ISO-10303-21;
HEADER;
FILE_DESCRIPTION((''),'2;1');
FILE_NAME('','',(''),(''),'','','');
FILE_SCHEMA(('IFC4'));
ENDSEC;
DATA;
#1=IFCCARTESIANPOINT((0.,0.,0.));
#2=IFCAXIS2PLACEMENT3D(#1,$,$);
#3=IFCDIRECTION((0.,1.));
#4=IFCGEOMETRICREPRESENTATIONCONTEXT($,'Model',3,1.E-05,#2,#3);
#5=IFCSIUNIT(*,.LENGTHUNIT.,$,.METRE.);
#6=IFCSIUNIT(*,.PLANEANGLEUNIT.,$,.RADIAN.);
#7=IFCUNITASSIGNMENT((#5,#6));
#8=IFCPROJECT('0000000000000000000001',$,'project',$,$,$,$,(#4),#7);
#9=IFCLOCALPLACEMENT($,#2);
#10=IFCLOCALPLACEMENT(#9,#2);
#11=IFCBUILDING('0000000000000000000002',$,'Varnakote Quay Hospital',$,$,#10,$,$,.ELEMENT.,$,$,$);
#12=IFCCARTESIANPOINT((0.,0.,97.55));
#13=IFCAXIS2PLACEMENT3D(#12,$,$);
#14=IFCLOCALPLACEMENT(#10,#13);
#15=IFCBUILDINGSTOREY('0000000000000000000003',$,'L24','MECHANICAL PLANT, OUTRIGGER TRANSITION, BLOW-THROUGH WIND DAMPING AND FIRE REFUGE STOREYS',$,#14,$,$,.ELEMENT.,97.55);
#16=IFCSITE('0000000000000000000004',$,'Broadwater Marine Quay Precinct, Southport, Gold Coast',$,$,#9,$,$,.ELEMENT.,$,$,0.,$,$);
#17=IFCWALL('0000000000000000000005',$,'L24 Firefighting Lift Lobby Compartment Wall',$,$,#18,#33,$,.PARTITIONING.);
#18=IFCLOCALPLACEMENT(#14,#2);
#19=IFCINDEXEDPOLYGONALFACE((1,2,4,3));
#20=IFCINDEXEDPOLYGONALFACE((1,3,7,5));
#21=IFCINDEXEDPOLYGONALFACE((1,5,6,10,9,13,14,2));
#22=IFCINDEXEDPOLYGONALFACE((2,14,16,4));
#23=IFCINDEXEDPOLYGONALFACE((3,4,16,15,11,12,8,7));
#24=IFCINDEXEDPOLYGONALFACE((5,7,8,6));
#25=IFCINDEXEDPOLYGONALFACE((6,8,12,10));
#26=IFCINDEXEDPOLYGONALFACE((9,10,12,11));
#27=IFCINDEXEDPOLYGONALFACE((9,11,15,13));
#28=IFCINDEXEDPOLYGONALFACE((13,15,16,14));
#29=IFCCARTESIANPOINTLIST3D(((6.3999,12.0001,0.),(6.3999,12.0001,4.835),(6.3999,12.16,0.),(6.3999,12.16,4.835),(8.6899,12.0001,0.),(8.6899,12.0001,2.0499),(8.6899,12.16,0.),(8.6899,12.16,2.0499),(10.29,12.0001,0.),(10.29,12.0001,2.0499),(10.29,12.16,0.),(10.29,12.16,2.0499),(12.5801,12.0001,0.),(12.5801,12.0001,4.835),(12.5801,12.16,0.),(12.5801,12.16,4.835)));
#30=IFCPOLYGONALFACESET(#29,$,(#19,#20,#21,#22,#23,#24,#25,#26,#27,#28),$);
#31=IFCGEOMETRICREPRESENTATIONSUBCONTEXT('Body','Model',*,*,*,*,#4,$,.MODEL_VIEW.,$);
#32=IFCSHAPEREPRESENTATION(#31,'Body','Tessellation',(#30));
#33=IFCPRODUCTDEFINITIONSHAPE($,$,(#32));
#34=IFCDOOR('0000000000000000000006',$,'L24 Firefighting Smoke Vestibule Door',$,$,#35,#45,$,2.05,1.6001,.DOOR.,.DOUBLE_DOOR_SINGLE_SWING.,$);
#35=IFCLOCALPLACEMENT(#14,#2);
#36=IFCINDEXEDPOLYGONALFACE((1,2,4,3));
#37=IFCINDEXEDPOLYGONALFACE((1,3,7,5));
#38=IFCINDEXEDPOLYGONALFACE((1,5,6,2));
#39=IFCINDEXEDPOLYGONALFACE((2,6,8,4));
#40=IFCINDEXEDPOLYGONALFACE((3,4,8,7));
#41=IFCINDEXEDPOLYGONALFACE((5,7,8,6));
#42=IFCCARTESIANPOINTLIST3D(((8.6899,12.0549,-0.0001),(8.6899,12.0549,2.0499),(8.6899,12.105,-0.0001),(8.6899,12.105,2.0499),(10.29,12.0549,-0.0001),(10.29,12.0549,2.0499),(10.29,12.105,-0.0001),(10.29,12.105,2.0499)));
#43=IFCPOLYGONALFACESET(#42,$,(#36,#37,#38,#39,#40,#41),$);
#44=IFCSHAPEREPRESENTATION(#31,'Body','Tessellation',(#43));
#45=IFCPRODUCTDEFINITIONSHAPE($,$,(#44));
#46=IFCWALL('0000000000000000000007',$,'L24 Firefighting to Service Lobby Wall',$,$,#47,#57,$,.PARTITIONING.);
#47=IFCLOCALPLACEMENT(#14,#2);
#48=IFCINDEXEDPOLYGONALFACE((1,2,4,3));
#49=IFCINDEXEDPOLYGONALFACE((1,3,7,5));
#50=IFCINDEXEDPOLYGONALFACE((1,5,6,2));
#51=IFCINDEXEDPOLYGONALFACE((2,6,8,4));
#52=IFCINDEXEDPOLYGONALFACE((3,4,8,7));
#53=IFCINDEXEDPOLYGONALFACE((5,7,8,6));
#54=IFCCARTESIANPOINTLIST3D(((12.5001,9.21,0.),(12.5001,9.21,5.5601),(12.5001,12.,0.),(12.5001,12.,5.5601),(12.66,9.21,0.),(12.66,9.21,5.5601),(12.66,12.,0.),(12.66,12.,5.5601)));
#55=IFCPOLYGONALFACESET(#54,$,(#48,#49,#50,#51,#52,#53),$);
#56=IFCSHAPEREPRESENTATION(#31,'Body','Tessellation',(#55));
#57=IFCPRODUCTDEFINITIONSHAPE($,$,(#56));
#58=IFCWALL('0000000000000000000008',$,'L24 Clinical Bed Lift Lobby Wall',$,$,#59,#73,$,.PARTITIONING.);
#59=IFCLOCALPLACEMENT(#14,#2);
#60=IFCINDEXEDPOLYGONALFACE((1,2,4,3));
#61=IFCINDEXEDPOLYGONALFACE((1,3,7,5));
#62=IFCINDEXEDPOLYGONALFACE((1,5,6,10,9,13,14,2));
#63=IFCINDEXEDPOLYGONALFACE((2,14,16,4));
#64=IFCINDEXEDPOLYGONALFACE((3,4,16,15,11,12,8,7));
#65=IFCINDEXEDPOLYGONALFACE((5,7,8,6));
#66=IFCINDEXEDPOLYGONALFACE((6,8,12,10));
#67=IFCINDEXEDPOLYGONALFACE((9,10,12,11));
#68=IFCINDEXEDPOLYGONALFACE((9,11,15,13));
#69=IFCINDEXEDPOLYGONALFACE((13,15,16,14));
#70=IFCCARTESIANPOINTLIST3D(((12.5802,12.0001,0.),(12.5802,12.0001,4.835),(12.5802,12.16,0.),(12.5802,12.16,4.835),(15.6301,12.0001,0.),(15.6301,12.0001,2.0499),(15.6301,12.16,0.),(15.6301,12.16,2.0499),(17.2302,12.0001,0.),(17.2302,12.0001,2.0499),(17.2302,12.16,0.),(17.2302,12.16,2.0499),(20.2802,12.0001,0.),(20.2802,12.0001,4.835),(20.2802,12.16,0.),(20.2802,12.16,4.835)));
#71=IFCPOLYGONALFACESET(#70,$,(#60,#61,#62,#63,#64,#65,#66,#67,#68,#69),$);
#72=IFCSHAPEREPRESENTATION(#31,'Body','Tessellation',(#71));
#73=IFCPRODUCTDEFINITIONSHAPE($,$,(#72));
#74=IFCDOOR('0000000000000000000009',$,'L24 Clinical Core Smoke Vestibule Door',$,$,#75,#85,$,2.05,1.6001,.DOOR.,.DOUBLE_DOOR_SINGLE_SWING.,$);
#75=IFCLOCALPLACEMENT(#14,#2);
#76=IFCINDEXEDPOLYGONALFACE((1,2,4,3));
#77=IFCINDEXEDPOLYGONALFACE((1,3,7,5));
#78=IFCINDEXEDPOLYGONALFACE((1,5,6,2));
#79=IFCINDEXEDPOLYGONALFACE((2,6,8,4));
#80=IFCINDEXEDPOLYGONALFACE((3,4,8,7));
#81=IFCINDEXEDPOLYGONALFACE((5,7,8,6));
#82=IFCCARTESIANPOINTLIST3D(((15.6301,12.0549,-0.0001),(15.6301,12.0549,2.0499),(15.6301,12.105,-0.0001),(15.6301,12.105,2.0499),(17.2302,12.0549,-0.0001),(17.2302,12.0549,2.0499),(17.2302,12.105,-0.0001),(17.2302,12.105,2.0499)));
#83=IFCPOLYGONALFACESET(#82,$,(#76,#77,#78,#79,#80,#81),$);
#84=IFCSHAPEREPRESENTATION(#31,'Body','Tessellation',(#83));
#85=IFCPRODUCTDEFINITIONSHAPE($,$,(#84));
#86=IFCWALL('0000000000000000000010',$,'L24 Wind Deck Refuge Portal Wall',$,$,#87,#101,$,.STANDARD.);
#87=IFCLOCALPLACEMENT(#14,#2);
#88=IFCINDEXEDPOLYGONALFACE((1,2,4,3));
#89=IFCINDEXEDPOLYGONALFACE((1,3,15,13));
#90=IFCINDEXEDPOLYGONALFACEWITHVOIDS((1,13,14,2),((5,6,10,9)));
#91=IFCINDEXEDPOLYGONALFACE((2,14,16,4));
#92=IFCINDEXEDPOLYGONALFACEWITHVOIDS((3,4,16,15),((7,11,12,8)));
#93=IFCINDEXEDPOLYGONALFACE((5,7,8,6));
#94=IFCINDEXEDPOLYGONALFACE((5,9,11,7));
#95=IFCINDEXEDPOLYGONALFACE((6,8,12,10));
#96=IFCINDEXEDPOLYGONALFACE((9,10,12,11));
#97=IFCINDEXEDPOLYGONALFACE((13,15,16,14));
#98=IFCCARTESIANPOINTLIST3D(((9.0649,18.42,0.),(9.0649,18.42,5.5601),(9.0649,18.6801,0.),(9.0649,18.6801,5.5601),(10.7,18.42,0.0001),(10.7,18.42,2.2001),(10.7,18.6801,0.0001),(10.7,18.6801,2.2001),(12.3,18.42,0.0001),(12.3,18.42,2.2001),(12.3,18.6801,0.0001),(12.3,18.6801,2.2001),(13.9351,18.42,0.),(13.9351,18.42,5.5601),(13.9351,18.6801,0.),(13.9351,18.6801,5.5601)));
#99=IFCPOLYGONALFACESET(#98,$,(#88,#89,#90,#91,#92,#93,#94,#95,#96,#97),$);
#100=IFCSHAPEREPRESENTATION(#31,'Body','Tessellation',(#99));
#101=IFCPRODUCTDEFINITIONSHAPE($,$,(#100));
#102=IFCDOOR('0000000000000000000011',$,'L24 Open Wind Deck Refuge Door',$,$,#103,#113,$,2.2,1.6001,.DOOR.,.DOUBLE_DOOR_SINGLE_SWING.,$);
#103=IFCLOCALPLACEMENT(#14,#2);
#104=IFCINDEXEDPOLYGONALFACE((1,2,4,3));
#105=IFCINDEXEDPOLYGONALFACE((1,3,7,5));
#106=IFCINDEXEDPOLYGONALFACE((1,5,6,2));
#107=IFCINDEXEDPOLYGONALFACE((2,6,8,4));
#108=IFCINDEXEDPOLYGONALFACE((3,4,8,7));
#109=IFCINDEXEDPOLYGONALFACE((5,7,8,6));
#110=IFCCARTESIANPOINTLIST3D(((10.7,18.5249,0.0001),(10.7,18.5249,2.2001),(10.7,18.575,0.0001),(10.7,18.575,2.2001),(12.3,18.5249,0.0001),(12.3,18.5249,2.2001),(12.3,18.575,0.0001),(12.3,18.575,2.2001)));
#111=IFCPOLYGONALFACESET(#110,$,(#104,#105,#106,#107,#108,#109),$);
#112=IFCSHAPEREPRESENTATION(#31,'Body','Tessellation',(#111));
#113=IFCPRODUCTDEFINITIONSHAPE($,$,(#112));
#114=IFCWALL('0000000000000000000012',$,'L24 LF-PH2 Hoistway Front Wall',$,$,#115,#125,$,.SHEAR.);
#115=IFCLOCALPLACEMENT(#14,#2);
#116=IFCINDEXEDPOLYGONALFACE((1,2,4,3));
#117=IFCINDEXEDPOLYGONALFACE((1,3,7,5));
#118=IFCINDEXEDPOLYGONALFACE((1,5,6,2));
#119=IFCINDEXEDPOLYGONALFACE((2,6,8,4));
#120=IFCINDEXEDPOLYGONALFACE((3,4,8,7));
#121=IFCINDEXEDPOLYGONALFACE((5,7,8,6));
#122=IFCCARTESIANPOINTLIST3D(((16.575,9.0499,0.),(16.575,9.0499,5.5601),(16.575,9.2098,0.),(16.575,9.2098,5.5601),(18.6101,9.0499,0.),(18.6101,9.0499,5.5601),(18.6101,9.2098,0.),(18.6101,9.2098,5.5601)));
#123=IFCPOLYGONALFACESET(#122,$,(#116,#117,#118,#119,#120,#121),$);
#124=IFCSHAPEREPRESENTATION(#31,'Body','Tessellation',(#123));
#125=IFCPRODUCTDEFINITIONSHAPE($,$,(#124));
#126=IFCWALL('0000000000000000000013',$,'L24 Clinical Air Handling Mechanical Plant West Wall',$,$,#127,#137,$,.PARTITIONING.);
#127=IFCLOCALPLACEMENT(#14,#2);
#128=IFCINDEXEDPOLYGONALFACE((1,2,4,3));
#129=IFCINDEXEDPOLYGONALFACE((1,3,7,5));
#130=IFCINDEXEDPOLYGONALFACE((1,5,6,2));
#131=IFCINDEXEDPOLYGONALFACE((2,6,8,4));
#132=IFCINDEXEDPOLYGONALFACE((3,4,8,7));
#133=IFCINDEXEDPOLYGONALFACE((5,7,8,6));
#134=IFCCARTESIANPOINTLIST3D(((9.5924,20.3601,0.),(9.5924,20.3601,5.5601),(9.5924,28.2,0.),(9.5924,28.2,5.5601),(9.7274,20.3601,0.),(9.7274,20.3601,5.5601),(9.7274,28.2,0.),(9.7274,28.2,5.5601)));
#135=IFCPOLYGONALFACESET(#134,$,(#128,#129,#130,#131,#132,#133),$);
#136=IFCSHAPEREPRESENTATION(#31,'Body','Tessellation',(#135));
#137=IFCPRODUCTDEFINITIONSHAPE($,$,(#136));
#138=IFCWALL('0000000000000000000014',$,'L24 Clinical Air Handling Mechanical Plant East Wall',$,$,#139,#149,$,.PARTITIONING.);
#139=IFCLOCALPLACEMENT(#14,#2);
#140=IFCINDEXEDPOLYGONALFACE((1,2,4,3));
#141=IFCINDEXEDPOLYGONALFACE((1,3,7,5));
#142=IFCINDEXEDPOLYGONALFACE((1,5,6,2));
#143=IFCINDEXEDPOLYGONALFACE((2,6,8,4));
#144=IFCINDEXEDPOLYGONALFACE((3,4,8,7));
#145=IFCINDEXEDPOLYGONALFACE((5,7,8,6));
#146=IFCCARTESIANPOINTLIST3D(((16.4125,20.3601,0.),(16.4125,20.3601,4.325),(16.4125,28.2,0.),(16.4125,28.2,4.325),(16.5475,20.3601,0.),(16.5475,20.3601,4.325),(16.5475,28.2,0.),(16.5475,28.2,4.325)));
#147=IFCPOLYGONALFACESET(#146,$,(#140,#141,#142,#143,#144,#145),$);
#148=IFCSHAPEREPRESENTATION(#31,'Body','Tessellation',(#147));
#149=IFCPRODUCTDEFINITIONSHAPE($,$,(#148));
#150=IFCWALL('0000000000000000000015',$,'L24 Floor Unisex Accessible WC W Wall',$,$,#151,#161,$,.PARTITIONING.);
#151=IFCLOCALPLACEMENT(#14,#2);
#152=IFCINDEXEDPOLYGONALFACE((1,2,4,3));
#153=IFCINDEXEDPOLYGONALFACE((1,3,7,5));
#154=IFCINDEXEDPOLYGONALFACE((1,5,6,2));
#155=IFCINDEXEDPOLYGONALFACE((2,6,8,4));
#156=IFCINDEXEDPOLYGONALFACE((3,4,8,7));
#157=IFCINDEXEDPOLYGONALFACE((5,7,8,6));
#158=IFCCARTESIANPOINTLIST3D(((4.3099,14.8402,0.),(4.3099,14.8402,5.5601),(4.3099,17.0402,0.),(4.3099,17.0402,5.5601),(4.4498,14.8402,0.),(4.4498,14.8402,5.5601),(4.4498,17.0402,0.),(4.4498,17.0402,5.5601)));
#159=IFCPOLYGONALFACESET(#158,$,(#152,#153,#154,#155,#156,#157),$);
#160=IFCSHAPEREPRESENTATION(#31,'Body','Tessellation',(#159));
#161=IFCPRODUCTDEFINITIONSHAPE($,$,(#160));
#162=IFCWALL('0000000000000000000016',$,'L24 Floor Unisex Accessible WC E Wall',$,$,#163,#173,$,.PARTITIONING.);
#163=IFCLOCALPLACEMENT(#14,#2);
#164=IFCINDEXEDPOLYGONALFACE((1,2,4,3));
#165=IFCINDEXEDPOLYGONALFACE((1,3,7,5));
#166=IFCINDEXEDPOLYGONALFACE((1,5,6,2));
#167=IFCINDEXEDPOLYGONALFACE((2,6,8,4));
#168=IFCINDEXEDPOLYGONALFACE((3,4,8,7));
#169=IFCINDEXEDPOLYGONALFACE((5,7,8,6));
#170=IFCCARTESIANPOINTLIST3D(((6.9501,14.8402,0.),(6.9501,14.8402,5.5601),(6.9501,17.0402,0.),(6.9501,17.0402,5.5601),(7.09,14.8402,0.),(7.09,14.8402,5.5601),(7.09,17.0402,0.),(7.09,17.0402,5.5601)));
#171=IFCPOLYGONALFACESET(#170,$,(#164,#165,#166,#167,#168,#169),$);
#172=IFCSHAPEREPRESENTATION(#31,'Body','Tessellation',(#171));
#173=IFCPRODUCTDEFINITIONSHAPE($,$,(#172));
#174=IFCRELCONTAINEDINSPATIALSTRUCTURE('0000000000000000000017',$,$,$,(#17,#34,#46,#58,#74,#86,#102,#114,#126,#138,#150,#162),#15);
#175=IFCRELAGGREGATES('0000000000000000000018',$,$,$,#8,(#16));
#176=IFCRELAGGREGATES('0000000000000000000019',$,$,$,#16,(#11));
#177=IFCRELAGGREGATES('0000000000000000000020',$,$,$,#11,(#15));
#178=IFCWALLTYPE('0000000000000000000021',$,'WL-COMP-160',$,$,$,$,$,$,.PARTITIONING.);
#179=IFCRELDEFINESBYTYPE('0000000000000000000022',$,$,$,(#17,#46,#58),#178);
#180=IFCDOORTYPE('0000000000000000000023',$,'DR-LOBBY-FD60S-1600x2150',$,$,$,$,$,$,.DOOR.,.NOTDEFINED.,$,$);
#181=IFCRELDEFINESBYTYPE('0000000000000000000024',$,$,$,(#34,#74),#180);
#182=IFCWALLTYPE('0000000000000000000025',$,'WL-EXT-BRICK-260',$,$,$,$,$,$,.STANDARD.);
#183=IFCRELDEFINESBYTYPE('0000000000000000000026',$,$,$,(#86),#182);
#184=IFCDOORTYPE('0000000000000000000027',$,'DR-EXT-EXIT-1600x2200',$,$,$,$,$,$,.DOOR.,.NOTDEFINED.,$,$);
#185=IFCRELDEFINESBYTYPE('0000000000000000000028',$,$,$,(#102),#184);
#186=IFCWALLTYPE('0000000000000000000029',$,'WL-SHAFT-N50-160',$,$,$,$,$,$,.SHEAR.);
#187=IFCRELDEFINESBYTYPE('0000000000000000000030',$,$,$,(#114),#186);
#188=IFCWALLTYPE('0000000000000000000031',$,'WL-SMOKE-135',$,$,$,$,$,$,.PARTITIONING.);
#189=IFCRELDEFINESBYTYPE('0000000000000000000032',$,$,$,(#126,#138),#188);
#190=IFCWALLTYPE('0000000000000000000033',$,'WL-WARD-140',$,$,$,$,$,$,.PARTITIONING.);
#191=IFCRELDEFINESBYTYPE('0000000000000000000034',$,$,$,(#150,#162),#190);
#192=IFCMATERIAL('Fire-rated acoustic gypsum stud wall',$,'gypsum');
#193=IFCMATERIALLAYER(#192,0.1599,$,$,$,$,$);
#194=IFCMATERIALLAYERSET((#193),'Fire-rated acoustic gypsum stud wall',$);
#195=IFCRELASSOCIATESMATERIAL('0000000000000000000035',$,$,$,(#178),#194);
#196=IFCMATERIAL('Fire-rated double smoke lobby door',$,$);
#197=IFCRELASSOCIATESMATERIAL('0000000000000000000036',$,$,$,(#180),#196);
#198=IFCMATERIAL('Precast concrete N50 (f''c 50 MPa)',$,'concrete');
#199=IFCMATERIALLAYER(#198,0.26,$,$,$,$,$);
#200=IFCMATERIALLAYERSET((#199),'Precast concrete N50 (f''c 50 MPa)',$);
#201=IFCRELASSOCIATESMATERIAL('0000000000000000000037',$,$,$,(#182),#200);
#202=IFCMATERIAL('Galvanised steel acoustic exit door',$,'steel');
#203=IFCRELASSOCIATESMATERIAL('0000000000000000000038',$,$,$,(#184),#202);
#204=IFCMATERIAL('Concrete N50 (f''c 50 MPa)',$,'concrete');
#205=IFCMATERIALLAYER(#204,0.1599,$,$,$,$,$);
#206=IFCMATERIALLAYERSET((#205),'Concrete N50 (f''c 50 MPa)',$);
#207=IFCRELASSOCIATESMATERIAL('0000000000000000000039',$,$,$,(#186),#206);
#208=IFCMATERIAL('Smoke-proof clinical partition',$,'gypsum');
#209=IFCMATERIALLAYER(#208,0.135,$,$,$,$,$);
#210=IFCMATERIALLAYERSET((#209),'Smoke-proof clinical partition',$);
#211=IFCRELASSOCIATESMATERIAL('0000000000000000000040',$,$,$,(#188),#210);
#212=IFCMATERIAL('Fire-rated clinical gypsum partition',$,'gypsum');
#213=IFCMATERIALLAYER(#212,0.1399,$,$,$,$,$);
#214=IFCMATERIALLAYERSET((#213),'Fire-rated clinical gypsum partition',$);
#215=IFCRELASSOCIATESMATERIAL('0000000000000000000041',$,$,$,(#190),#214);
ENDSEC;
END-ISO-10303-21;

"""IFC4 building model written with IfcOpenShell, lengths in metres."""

from ifc_helpers import new_model, si_unit, direction, frame, frame_2d, origin, place, context, subcontext, project, spatial, rectangle, extrude, material, layer, layer_set, type_object, element, fill, save


model = new_model("IFC4")

# Units and contexts
model_context = context("Model", 3, precision=1e-05, world=origin(), true_north=direction((0.0, 1.0)))
body_context = subcontext(model_context, "Body", "Model", "MODEL_VIEW")
ifc_project = project(units=[si_unit("LENGTHUNIT", "METRE"), si_unit("PLANEANGLEUNIT", "RADIAN")], contexts=[model_context])

# Site, building, storey
site_placement = place(None, origin())
site = spatial("IfcSite", under=ifc_project, at=site_placement, Name="Broadwater Marine Quay Precinct, Southport, Gold Coast", CompositionType="ELEMENT", RefElevation=0.0)
building_placement = place(site_placement, origin())
building = spatial("IfcBuilding", under=site, at=building_placement, Name="Varnakote Quay Hospital", CompositionType="ELEMENT")
storey_placement = place(building_placement, frame((0.0, 0.0, 97.55)))
storey = spatial("IfcBuildingStorey", under=building, at=storey_placement, Name="L24", Description="MECHANICAL PLANT, OUTRIGGER TRANSITION, BLOW-THROUGH WIND DAMPING AND FIRE REFUGE STOREYS", CompositionType="ELEMENT", Elevation=97.55)

# Shared definitions
ifc_material_1 = material(Name="Fire-rated acoustic gypsum stud wall", Category="gypsum")
ifc_layer_1 = layer(ifc_material_1, 0.1599)
ifc_layer_set_1 = layer_set([ifc_layer_1], Name="Fire-rated acoustic gypsum stud wall")
wall_type_1 = type_object("IfcWallType", Name="WL-COMP-160", PredefinedType="PARTITIONING", material=ifc_layer_set_1)

# Wall, opening, door
wall_1_placement = place(storey_placement, frame((6.3999, 12.0801, 0.0), z_axis=(0.0, 0.0, 1.0), x_axis=(1.0, 0.0, 0.0)))
wall_1 = element("IfcWall", 1, at=wall_1_placement, inside=storey, type_object=wall_type_1, Name="L24 Firefighting Lift Lobby Compartment Wall", PredefinedType="PARTITIONING", context=body_context, shape_type="SweptSolid", body=[
    extrude(rectangle(XDim=6.1802, YDim=0.1599, at=frame_2d((3.0901, 0.0))), origin(), (0.0, 0.0, 1.0), 4.835),
])
opening_1_placement = place(wall_1_placement, frame((2.29, 0.0, 0.0)))
opening_1 = element("IfcOpeningElement", 2, at=opening_1_placement, cuts=wall_1, PredefinedType="OPENING", context=body_context, shape_type="SweptSolid", body=[
    extrude(rectangle(XDim=1.6001, YDim=2.05, at=frame_2d((0.8, 1.0249))), frame((0.0, 0.0898, 0.0), z_axis=(0.0, -1.0, 0.0), x_axis=(1.0, 0.0, 0.0)), (0.0, 0.0, 1.0), 0.1799),
])
ifc_material_2 = material(Name="Fire-rated double smoke lobby door")
door_type_1 = type_object("IfcDoorType", Name="DR-LOBBY-FD60S-1600x2150", OperationType="NOTDEFINED", PredefinedType="DOOR", material=ifc_material_2)
door_1_placement = place(opening_1_placement, origin())
door_1 = element("IfcDoor", 3, at=door_1_placement, inside=storey, type_object=door_type_1, Name="L24 Firefighting Smoke Vestibule Door", OperationType="DOUBLE_DOOR_SINGLE_SWING", OverallHeight=2.05, OverallWidth=1.6001, PredefinedType="DOOR", context=body_context, shape_type="SweptSolid", body=[
    extrude(rectangle(XDim=1.6001, YDim=2.05, at=frame_2d((0.8, 1.0249))), frame((0.0, 0.0249, 0.0), z_axis=(0.0, -1.0, 0.0), x_axis=(1.0, 0.0, 0.0)), (0.0, 0.0, 1.0), 0.05),
])
fill(opening_1, door_1)

# Wall
wall_2_placement = place(storey_placement, frame((12.5801, 9.21, 0.0), z_axis=(0.0, 0.0, 1.0), x_axis=(0.0, 1.0, 0.0)))
element("IfcWall", 4, at=wall_2_placement, inside=storey, type_object=wall_type_1, Name="L24 Firefighting to Service Lobby Wall", PredefinedType="PARTITIONING", context=body_context, shape_type="SweptSolid", body=[
    extrude(rectangle(XDim=2.79, YDim=0.1599, at=frame_2d((1.395, 0.0))), origin(), (0.0, 0.0, 1.0), 5.5601),
])

# Walls, openings, doors
wall_3_placement = place(storey_placement, frame((12.5801, 12.0801, 0.0), z_axis=(0.0, 0.0, 1.0), x_axis=(1.0, 0.0, 0.0)))
wall_3 = element("IfcWall", 5, at=wall_3_placement, inside=storey, type_object=wall_type_1, Name="L24 Clinical Bed Lift Lobby Wall", PredefinedType="PARTITIONING", context=body_context, shape_type="SweptSolid", body=[
    extrude(rectangle(XDim=7.7, YDim=0.1599, at=frame_2d((3.8501, 0.0))), origin(), (0.0, 0.0, 1.0), 4.835),
])
opening_2_placement = place(wall_3_placement, frame((3.05, 0.0, 0.0)))
opening_2 = element("IfcOpeningElement", 6, at=opening_2_placement, cuts=wall_3, PredefinedType="OPENING", context=body_context, shape_type="SweptSolid", body=[
    extrude(rectangle(XDim=1.6001, YDim=2.05, at=frame_2d((0.8, 1.0249))), frame((0.0, 0.0898, 0.0), z_axis=(0.0, -1.0, 0.0), x_axis=(1.0, 0.0, 0.0)), (0.0, 0.0, 1.0), 0.1799),
])
door_2_placement = place(opening_2_placement, origin())
door_2 = element("IfcDoor", 7, at=door_2_placement, inside=storey, type_object=door_type_1, Name="L24 Clinical Core Smoke Vestibule Door", OperationType="DOUBLE_DOOR_SINGLE_SWING", OverallHeight=2.05, OverallWidth=1.6001, PredefinedType="DOOR", context=body_context, shape_type="SweptSolid", body=[
    extrude(rectangle(XDim=1.6001, YDim=2.05, at=frame_2d((0.8, 1.0249))), frame((0.0, 0.0249, 0.0), z_axis=(0.0, -1.0, 0.0), x_axis=(1.0, 0.0, 0.0)), (0.0, 0.0, 1.0), 0.05),
])
fill(opening_2, door_2)
ifc_material_3 = material(Name="Precast concrete N50 (f'c 50 MPa)", Category="concrete")
ifc_layer_2 = layer(ifc_material_3, 0.26)
ifc_layer_set_2 = layer_set([ifc_layer_2], Name="Precast concrete N50 (f'c 50 MPa)")
wall_type_2 = type_object("IfcWallType", Name="WL-EXT-BRICK-260", PredefinedType="STANDARD", material=ifc_layer_set_2)
wall_4_placement = place(storey_placement, frame((9.0649, 18.55, 0.0), z_axis=(0.0, 0.0, 1.0), x_axis=(1.0, 0.0, 0.0)))
wall_4 = element("IfcWall", 8, at=wall_4_placement, inside=storey, type_object=wall_type_2, Name="L24 Wind Deck Refuge Portal Wall", PredefinedType="STANDARD", context=body_context, shape_type="SweptSolid", body=[
    extrude(rectangle(XDim=4.8701, YDim=0.26, at=frame_2d((2.4351, 0.0))), origin(), (0.0, 0.0, 1.0), 5.5601),
])
opening_3_placement = place(wall_4_placement, frame((1.635, 0.0, 0.0)))
opening_3 = element("IfcOpeningElement", 9, at=opening_3_placement, cuts=wall_4, PredefinedType="OPENING", context=body_context, shape_type="SweptSolid", body=[
    extrude(rectangle(XDim=1.6001, YDim=2.2, at=frame_2d((0.8, 1.1001))), frame((0.0, 0.1399, 0.0), z_axis=(0.0, -1.0, 0.0), x_axis=(1.0, 0.0, 0.0)), (0.0, 0.0, 1.0), 0.28),
])
ifc_material_4 = material(Name="Galvanised steel acoustic exit door", Category="steel")
door_type_2 = type_object("IfcDoorType", Name="DR-EXT-EXIT-1600x2200", OperationType="NOTDEFINED", PredefinedType="DOOR", material=ifc_material_4)
door_3_placement = place(opening_3_placement, origin())
door_3 = element("IfcDoor", 10, at=door_3_placement, inside=storey, type_object=door_type_2, Name="L24 Open Wind Deck Refuge Door", OperationType="DOUBLE_DOOR_SINGLE_SWING", OverallHeight=2.2, OverallWidth=1.6001, PredefinedType="DOOR", context=body_context, shape_type="SweptSolid", body=[
    extrude(rectangle(XDim=1.6001, YDim=2.2, at=frame_2d((0.8, 1.1001))), frame((0.0, 0.0249, 0.0), z_axis=(0.0, -1.0, 0.0), x_axis=(1.0, 0.0, 0.0)), (0.0, 0.0, 1.0), 0.05),
])
fill(opening_3, door_3)

# Walls
ifc_material_5 = material(Name="Concrete N50 (f'c 50 MPa)", Category="concrete")
ifc_layer_3 = layer(ifc_material_5, 0.1599)
ifc_layer_set_3 = layer_set([ifc_layer_3], Name="Concrete N50 (f'c 50 MPa)")
wall_type_3 = type_object("IfcWallType", Name="WL-SHAFT-N50-160", PredefinedType="SHEAR", material=ifc_layer_set_3)
wall_5_placement = place(storey_placement, frame((16.575, 9.1299, 0.0), z_axis=(0.0, 0.0, 1.0), x_axis=(1.0, 0.0, 0.0)))
element("IfcWall", 11, at=wall_5_placement, inside=storey, type_object=wall_type_3, Name="L24 LF-PH2 Hoistway Front Wall", PredefinedType="SHEAR", context=body_context, shape_type="SweptSolid", body=[
    extrude(rectangle(XDim=2.0352, YDim=0.1599, at=frame_2d((1.0176, 0.0))), origin(), (0.0, 0.0, 1.0), 5.5601),
])
ifc_material_6 = material(Name="Smoke-proof clinical partition", Category="gypsum")
ifc_layer_4 = layer(ifc_material_6, 0.135)
ifc_layer_set_4 = layer_set([ifc_layer_4], Name="Smoke-proof clinical partition")
wall_type_4 = type_object("IfcWallType", Name="WL-SMOKE-135", PredefinedType="PARTITIONING", material=ifc_layer_set_4)
wall_6_placement = place(storey_placement, frame((9.6599, 20.3601, 0.0), z_axis=(0.0, 0.0, 1.0), x_axis=(0.0, 1.0, 0.0)))
element("IfcWall", 12, at=wall_6_placement, inside=storey, type_object=wall_type_4, Name="L24 Clinical Air Handling Mechanical Plant West Wall", PredefinedType="PARTITIONING", context=body_context, shape_type="SweptSolid", body=[
    extrude(rectangle(XDim=7.8398, YDim=0.135, at=frame_2d((3.9199, 0.0))), origin(), (0.0, 0.0, 1.0), 5.5601),
])
wall_7_placement = place(storey_placement, frame((16.48, 20.3601, 0.0), z_axis=(0.0, 0.0, 1.0), x_axis=(0.0, 1.0, 0.0)))
element("IfcWall", 13, at=wall_7_placement, inside=storey, type_object=wall_type_4, Name="L24 Clinical Air Handling Mechanical Plant East Wall", PredefinedType="PARTITIONING", context=body_context, shape_type="SweptSolid", body=[
    extrude(rectangle(XDim=7.8398, YDim=0.135, at=frame_2d((3.9199, 0.0))), origin(), (0.0, 0.0, 1.0), 4.325),
])
ifc_material_7 = material(Name="Fire-rated clinical gypsum partition", Category="gypsum")
ifc_layer_5 = layer(ifc_material_7, 0.1399)
ifc_layer_set_5 = layer_set([ifc_layer_5], Name="Fire-rated clinical gypsum partition")
wall_type_5 = type_object("IfcWallType", Name="WL-WARD-140", PredefinedType="PARTITIONING", material=ifc_layer_set_5)
for number, where, z_axis, x_axis, name in (
    (14, (4.3799, 14.8401, 0.0), (0.0, 0.0, 1.0), (0.0, 1.0, 0.0), "L24 Floor Unisex Accessible WC W Wall"),
    (15, (7.02, 14.8401, 0.0), (0.0, 0.0, 1.0), (0.0, 1.0, 0.0), "L24 Floor Unisex Accessible WC E Wall"),
):
    element("IfcWall", number, at=place(storey_placement, frame(where, z_axis=z_axis, x_axis=x_axis)), inside=storey, type_object=wall_type_5, Name=name, PredefinedType="PARTITIONING", context=body_context, shape_type="SweptSolid", body=[
        extrude(rectangle(XDim=2.2, YDim=0.1399, at=frame_2d((1.1001, 0.0))), origin(), (0.0, 0.0, 1.0), 5.5601),
    ])

save(model, "model.ifc")
